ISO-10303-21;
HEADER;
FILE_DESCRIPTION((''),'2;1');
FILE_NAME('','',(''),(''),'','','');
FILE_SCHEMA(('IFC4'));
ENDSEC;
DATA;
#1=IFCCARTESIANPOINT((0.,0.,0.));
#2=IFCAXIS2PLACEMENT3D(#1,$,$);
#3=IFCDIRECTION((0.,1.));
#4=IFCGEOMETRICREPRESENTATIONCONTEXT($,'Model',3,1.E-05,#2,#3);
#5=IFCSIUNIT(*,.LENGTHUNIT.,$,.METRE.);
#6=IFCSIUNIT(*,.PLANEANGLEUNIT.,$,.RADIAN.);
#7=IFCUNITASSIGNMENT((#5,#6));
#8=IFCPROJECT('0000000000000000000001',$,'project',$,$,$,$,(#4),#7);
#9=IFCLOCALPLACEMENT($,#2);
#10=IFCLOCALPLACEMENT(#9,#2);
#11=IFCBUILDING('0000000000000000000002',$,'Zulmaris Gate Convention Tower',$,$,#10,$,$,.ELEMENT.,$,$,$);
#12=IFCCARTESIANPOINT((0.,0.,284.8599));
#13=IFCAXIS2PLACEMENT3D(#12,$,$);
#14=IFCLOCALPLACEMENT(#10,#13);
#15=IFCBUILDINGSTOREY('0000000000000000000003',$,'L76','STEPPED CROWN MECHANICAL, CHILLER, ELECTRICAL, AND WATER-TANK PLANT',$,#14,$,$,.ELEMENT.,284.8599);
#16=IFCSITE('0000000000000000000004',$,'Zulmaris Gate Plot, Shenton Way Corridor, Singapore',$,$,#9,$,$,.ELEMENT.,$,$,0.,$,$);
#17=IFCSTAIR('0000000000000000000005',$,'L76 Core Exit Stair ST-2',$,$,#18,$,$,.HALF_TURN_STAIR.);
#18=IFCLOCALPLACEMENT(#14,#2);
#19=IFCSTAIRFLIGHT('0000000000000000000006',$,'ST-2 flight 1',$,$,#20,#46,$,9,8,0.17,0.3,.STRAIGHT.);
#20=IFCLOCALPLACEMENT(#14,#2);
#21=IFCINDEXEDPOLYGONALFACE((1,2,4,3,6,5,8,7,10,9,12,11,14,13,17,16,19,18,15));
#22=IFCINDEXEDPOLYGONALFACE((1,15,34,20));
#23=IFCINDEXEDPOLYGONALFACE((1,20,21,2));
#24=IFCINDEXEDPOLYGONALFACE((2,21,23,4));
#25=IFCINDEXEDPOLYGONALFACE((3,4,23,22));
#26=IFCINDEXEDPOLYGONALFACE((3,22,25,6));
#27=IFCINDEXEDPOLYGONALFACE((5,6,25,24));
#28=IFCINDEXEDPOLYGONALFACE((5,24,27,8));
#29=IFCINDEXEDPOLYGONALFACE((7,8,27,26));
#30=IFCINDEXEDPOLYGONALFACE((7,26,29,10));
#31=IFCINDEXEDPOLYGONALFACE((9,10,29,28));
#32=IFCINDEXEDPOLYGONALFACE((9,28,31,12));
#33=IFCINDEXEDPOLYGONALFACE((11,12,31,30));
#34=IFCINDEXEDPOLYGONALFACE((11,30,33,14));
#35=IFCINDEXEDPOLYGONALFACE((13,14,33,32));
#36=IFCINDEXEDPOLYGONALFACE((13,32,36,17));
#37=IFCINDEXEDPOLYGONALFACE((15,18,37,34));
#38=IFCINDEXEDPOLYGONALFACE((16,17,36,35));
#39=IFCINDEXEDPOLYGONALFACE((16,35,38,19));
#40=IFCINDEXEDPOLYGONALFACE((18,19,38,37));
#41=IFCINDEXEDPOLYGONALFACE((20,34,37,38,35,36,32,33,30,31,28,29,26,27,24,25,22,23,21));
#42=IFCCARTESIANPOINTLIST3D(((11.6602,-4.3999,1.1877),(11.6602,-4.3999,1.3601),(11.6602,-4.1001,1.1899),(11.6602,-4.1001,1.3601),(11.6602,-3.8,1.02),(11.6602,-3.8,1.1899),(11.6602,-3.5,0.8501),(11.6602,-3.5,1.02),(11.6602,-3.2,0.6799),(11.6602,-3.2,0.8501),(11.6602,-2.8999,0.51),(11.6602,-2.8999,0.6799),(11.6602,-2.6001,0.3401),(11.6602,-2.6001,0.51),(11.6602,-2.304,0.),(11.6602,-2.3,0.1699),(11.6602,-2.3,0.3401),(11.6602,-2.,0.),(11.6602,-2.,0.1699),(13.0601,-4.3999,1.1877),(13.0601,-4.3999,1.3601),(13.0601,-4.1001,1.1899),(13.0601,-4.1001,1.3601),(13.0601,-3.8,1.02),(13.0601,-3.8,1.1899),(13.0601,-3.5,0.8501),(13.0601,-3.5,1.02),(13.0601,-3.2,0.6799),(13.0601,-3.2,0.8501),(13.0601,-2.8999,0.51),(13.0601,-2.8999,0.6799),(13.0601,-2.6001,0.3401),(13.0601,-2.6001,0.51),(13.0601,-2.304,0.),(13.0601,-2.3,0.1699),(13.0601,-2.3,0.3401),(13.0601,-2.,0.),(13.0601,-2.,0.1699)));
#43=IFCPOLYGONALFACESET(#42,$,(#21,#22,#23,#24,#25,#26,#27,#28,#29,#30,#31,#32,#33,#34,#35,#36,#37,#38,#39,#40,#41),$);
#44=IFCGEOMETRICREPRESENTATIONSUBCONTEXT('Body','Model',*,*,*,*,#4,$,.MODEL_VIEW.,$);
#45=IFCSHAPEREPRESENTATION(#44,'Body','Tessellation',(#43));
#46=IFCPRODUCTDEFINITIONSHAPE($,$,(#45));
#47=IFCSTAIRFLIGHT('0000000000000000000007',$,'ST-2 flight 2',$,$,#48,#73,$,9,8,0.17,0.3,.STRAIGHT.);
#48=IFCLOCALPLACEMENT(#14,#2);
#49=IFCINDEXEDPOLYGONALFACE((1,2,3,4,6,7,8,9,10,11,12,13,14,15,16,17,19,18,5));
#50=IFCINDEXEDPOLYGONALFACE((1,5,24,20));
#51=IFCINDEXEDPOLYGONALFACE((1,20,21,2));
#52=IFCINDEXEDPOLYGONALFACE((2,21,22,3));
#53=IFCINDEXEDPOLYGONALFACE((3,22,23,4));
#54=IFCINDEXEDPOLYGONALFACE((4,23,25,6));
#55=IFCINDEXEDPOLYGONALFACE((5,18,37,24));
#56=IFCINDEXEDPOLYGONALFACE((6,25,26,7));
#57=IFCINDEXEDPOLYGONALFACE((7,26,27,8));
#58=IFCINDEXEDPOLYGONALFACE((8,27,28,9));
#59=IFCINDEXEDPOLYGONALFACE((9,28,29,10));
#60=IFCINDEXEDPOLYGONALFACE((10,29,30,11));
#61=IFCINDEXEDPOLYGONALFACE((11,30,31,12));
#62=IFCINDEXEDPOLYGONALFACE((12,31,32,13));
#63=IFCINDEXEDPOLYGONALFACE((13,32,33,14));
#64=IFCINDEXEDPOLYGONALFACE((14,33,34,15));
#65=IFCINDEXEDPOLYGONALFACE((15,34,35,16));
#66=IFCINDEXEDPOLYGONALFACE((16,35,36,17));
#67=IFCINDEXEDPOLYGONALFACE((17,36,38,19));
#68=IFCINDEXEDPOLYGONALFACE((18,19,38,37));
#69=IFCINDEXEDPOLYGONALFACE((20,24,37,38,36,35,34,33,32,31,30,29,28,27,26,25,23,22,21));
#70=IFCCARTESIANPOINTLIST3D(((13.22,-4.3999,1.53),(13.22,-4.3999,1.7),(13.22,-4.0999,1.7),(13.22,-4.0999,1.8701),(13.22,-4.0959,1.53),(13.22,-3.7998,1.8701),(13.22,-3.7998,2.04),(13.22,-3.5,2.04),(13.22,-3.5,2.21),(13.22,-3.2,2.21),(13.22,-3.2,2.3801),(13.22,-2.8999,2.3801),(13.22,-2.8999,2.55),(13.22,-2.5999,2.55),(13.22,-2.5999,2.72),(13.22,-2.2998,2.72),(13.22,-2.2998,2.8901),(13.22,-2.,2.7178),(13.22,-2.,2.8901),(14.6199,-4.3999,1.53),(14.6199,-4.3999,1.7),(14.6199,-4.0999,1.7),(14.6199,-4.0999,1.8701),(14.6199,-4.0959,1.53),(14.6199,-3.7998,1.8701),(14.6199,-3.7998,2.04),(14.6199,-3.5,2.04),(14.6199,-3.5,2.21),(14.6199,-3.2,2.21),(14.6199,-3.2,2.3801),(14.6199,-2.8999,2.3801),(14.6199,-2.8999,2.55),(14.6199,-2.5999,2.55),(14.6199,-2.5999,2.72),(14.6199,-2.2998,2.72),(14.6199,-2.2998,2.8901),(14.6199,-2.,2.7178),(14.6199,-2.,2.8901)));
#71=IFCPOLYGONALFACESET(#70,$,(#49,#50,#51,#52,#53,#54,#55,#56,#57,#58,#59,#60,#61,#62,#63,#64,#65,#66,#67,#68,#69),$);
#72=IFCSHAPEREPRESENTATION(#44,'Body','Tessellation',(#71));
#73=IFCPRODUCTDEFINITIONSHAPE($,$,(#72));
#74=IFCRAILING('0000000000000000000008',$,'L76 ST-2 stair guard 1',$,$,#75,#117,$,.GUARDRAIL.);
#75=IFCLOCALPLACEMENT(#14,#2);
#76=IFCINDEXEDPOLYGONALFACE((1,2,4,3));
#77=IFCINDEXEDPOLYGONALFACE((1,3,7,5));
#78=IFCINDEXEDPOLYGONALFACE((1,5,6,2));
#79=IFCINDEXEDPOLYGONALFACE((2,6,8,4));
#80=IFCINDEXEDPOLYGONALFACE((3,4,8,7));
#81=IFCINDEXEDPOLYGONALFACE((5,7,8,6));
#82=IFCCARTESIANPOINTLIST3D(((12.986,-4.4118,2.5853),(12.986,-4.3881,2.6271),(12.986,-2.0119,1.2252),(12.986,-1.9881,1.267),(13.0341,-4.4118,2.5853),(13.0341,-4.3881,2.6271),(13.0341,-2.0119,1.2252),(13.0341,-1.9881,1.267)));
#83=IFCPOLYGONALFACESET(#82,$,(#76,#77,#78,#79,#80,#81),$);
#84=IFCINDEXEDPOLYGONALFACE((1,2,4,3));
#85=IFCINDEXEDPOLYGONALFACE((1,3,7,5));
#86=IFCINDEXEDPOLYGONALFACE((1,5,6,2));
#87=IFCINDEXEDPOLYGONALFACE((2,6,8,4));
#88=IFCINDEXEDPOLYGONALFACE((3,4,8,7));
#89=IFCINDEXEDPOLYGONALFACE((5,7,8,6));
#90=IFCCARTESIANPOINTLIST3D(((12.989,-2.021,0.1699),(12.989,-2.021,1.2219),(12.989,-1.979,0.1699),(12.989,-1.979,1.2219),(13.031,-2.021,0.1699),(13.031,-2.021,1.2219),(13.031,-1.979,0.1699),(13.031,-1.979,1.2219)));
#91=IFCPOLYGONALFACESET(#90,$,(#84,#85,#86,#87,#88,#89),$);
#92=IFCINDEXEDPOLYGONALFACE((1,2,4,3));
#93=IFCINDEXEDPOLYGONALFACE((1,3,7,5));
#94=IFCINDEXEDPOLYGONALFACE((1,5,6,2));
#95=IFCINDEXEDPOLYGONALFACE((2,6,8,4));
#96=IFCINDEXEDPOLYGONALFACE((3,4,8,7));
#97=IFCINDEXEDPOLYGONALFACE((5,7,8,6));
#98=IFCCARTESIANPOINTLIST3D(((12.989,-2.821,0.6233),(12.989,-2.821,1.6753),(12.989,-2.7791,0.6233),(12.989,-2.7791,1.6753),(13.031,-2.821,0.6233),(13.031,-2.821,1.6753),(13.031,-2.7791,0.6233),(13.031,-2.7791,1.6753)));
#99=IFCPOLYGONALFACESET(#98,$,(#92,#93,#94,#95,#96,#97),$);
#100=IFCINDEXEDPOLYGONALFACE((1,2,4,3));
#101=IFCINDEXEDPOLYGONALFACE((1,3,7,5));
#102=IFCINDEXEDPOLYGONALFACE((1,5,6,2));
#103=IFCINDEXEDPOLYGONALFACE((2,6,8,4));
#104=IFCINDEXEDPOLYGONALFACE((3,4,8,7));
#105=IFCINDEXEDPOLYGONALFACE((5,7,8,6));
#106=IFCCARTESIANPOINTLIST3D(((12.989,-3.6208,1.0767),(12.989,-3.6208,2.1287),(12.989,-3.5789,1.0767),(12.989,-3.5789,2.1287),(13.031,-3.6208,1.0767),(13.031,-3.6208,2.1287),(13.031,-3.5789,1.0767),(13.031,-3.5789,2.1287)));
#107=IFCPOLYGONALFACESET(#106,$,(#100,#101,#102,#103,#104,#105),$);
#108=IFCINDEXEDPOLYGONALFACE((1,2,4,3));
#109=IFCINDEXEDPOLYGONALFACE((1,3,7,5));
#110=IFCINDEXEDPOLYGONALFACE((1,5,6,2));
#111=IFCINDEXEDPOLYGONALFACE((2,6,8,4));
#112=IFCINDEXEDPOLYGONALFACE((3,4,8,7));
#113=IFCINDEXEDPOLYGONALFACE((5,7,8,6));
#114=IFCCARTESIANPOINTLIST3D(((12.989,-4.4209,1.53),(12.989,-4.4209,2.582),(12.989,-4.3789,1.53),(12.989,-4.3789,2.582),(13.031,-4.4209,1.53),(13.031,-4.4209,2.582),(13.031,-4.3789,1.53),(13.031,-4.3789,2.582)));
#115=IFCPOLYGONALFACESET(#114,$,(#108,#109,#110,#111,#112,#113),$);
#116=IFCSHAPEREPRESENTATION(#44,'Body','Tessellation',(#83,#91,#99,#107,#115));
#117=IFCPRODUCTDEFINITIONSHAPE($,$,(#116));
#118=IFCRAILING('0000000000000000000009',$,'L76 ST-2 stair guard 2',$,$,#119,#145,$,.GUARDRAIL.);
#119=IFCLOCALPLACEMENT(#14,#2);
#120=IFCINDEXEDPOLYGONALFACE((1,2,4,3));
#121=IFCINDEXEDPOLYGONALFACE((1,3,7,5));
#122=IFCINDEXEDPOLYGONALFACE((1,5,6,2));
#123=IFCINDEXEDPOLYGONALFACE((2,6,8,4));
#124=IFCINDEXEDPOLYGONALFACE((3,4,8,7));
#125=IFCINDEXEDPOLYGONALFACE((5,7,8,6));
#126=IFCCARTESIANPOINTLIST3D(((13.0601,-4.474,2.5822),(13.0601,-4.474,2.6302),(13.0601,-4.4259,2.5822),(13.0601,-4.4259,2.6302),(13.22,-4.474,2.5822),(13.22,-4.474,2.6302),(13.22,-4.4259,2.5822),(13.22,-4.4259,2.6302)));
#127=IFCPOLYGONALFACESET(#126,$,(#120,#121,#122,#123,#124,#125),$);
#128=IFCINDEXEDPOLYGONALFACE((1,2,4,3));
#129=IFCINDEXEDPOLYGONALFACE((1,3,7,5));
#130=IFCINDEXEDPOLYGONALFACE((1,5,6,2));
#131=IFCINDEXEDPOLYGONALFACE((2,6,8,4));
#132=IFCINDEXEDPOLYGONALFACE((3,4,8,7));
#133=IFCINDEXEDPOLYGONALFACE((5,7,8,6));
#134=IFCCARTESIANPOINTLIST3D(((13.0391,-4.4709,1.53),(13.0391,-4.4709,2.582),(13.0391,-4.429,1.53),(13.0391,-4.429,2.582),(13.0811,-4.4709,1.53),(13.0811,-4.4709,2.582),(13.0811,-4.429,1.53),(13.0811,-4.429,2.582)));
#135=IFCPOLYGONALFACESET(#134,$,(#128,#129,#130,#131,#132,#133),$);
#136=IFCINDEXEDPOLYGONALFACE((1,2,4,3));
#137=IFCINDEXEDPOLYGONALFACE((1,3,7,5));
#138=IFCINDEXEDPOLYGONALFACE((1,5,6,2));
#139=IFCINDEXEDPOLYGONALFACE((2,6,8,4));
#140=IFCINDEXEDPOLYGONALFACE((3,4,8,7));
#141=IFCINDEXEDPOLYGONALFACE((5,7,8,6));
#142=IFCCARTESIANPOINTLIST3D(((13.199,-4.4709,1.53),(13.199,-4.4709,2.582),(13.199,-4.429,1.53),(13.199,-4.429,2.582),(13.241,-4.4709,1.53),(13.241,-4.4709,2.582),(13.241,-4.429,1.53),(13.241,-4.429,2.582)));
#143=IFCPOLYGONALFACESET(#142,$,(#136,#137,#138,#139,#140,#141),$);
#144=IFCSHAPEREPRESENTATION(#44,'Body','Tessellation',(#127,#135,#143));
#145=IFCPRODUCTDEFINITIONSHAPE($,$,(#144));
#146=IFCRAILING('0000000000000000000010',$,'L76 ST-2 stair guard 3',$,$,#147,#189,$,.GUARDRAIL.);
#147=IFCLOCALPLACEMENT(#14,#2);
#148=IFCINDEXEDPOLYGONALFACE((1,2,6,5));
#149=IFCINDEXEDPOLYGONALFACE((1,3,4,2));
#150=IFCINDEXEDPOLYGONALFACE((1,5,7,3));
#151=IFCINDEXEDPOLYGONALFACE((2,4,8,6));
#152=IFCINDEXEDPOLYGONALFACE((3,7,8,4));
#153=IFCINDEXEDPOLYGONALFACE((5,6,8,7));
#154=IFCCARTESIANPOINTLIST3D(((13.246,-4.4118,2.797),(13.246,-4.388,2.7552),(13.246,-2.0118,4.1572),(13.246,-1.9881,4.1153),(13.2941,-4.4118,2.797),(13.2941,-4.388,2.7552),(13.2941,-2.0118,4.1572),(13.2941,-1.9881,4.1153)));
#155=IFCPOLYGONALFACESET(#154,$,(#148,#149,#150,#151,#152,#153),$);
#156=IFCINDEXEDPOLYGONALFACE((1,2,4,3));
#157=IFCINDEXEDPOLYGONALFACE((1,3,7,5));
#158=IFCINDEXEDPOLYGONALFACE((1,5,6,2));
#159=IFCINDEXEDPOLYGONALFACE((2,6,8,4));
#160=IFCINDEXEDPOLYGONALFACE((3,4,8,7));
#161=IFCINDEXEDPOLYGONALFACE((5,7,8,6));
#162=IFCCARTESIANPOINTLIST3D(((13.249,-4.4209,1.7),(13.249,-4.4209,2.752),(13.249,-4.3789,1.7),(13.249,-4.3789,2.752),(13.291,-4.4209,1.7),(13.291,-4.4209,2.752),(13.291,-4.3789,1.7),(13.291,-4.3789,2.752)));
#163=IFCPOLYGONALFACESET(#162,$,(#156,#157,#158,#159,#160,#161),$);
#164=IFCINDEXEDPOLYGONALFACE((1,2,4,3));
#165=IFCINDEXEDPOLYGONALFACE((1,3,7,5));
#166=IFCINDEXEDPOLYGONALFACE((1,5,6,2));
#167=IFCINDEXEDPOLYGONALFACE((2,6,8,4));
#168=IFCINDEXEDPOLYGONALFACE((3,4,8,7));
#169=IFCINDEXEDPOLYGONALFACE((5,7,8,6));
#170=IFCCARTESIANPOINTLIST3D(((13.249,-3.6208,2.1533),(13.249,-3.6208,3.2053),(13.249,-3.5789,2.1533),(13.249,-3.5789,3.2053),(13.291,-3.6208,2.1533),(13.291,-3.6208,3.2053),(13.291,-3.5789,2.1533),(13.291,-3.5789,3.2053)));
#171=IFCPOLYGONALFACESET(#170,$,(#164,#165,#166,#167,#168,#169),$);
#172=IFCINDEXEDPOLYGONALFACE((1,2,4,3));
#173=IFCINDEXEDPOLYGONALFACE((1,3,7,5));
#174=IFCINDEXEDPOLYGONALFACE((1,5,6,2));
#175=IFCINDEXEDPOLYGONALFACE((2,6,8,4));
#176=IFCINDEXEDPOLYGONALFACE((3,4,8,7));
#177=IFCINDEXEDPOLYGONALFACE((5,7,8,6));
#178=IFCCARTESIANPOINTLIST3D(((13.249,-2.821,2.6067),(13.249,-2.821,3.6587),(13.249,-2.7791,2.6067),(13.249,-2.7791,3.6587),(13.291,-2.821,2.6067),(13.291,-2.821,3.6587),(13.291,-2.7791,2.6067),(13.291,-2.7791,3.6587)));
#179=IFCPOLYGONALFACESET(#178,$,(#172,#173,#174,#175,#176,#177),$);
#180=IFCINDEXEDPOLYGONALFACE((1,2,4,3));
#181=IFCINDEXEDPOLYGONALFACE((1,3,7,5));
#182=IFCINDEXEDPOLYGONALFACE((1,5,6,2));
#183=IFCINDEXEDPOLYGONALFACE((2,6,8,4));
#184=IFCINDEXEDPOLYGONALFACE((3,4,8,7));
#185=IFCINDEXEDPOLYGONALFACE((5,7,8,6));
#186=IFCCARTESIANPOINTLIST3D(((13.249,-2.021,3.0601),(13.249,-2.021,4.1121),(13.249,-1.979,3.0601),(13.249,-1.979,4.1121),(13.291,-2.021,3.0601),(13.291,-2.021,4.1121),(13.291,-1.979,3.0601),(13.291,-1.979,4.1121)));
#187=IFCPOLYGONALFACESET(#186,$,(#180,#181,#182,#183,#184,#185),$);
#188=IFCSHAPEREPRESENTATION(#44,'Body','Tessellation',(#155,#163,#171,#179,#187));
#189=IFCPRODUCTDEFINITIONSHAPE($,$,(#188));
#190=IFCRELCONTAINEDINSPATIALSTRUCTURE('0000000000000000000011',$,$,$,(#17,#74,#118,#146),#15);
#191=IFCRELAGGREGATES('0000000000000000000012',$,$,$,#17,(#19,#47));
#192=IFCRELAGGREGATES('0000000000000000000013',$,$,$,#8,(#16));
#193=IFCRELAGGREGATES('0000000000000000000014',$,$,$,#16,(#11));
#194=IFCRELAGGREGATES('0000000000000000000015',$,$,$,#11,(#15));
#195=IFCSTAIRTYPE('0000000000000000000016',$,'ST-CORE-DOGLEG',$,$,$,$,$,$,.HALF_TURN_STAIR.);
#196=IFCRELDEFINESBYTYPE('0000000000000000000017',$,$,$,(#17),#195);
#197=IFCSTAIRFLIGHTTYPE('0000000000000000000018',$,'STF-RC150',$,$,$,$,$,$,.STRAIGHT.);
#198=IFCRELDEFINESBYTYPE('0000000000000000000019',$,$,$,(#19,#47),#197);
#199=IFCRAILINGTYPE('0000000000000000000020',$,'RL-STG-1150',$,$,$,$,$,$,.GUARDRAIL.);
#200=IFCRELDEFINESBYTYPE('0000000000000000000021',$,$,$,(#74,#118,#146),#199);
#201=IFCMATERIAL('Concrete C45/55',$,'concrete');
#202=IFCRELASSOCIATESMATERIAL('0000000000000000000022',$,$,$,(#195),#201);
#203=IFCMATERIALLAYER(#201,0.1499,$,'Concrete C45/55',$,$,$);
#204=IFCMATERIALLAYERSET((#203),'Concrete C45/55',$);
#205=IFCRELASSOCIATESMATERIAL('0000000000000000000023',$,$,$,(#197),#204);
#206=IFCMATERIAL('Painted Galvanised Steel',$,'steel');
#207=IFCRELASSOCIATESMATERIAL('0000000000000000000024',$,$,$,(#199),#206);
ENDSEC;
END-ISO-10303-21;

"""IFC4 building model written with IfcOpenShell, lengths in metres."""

from ifc_helpers import new_model, si_unit, direction, frame, origin, origin_2d, place, context, subcontext, project, spatial, polyline, rectangle, outline, extrude, material, layer, layer_set, type_object, element, aggregate, save


model = new_model("IFC4")

# Units and contexts
model_context = context("Model", 3, precision=1e-05, world=origin(), true_north=direction((0.0, 1.0)))
body_context = subcontext(model_context, "Body", "Model", "MODEL_VIEW")
ifc_project = project(units=[si_unit("LENGTHUNIT", "METRE"), si_unit("PLANEANGLEUNIT", "RADIAN")], contexts=[model_context])

# Site, building, storey
site_placement = place(None, origin())
site = spatial("IfcSite", under=ifc_project, at=site_placement, Name="Zulmaris Gate Plot, Shenton Way Corridor, Singapore", CompositionType="ELEMENT", RefElevation=0.0)
building_placement = place(site_placement, origin())
building = spatial("IfcBuilding", under=site, at=building_placement, Name="Zulmaris Gate Convention Tower", CompositionType="ELEMENT")
storey_placement = place(building_placement, frame((0.0, 0.0, 284.8599)))
storey = spatial("IfcBuildingStorey", under=building, at=storey_placement, Name="L76", Description="STEPPED CROWN MECHANICAL, CHILLER, ELECTRICAL, AND WATER-TANK PLANT", CompositionType="ELEMENT", Elevation=284.8599)

# Stair, stair flights
ifc_material_1 = material(Name="Concrete C45/55", Category="concrete")
stair_type = type_object("IfcStairType", Name="ST-CORE-DOGLEG", PredefinedType="HALF_TURN_STAIR", material=ifc_material_1)
stair_placement = place(storey_placement, origin())
stair = element("IfcStair", 1, at=stair_placement, inside=storey, type_object=stair_type, Name="L76 Core Exit Stair ST-2", PredefinedType="HALF_TURN_STAIR")
ifc_layer_1 = layer(ifc_material_1, 0.1499, Name="Concrete C45/55")
ifc_layer_set_1 = layer_set([ifc_layer_1], Name="Concrete C45/55")
stair_flight_type = type_object("IfcStairFlightType", Name="STF-RC150", PredefinedType="STRAIGHT", material=ifc_layer_set_1)
stair_flight_1_placement = place(storey_placement, frame((12.3601, -2.0, 0.0), z_axis=(0.0, 0.0, 1.0), x_axis=(0.0, -1.0, 0.0)))
stair_flight_1 = element("IfcStairFlight", 2, at=stair_flight_1_placement, type_object=stair_flight_type, Name="ST-2 flight 1", NumberOfRisers=9, NumberOfTreads=8, PredefinedType="STRAIGHT", RiserHeight=0.17, TreadLength=0.3, context=body_context, shape_type="SweptSolid", body=[
    extrude(outline(polyline([(0.0, 0.0), (0.0, 0.1699), (0.3, 0.1699), (0.3, 0.3401), (0.6001, 0.3401), (0.6001, 0.51), (0.8999, 0.51), (0.8999, 0.6799), (1.2, 0.6799), (1.2, 0.8501), (1.5, 0.8501), (1.5, 1.02), (1.8, 1.02), (1.8, 1.1899), (2.1001, 1.1899), (2.1001, 1.3601), (2.3999, 1.3601), (2.3999, 1.53), (2.3999, 1.1877), (0.304, 0.0), (0.0, 0.0)])), frame((0.0, 0.7, 0.0), z_axis=(0.0, -1.0, 0.0), x_axis=(1.0, 0.0, 0.0)), (0.0, 0.0, 1.0), 1.3999),
])
stair_flight_2_placement = place(storey_placement, frame((13.9199, -4.3999, 1.53), z_axis=(0.0, 0.0, 1.0), x_axis=(0.0, 1.0, 0.0)))
stair_flight_2 = element("IfcStairFlight", 3, at=stair_flight_2_placement, type_object=stair_flight_type, Name="ST-2 flight 2", NumberOfRisers=9, NumberOfTreads=8, PredefinedType="STRAIGHT", RiserHeight=0.17, TreadLength=0.3, context=body_context, shape_type="SweptSolid", body=[
    extrude(outline(polyline([(0.0, 0.0), (0.0, 0.1699), (0.3, 0.1699), (0.3, 0.3401), (0.6001, 0.3401), (0.6001, 0.51), (0.8999, 0.51), (0.8999, 0.6799), (1.2, 0.6799), (1.2, 0.8501), (1.5, 0.8501), (1.5, 1.02), (1.8, 1.02), (1.8, 1.1899), (2.1001, 1.1899), (2.1001, 1.3601), (2.3999, 1.3601), (2.3999, 1.53), (2.3999, 1.1877), (0.304, 0.0), (0.0, 0.0)])), frame((0.0, 0.7, 0.0), z_axis=(0.0, -1.0, 0.0), x_axis=(1.0, 0.0, 0.0)), (0.0, 0.0, 1.0), 1.3999),
])
aggregate(stair, [stair_flight_1, stair_flight_2])

# Railings
ifc_material_2 = material(Name="Painted Galvanised Steel", Category="steel")
railing_type_1 = type_object("IfcRailingType", Name="RL-STG-1150", PredefinedType="GUARDRAIL", material=ifc_material_2)
railing_1_placement = place(storey_placement, frame((13.01, -2.0, 0.1699)))
element("IfcRailing", 4, at=railing_1_placement, inside=storey, type_object=railing_type_1, Name="L76 ST-2 stair guard 1", PredefinedType="GUARDRAIL", context=body_context, shape_type="SweptSolid", body=[
    extrude(rectangle(XDim=0.0481, YDim=0.0481, at=origin_2d()), frame((0.0, 0.0, 1.0762), z_axis=(0.0, -0.869997, 0.493057), x_axis=(1.0, 0.0, 0.0)), (0.0, 0.0, 1.0), 2.7585),
    extrude(rectangle(XDim=0.042, YDim=0.042, at=origin_2d()), origin(), (0.0, 0.0, 1.0), 1.052),
    extrude(rectangle(XDim=0.042, YDim=0.042, at=origin_2d()), frame((0.0, -0.8, 0.4534)), (0.0, 0.0, 1.0), 1.052),
    extrude(rectangle(XDim=0.042, YDim=0.042, at=origin_2d()), frame((0.0, -1.5999, 0.9067)), (0.0, 0.0, 1.0), 1.052),
    extrude(rectangle(XDim=0.042, YDim=0.042, at=origin_2d()), frame((0.0, -2.3999, 1.3601)), (0.0, 0.0, 1.0), 1.052),
])
railing_2_placement = place(storey_placement, frame((13.0601, -4.45, 1.53)))
element("IfcRailing", 5, at=railing_2_placement, inside=storey, type_object=railing_type_1, Name="L76 ST-2 stair guard 2", PredefinedType="GUARDRAIL", context=body_context, shape_type="SweptSolid", body=[
    extrude(rectangle(XDim=0.0481, YDim=0.0481, at=origin_2d()), frame((0.0, 0.0, 1.0762), z_axis=(1.0, 0.0, 0.0), x_axis=(0.0, 1.0, 0.0)), (0.0, 0.0, 1.0), 0.1599),
    extrude(rectangle(XDim=0.042, YDim=0.042, at=origin_2d()), origin(), (0.0, 0.0, 1.0), 1.052),
    extrude(rectangle(XDim=0.042, YDim=0.042, at=origin_2d()), frame((0.1599, 0.0, 0.0)), (0.0, 0.0, 1.0), 1.052),
])
railing_3_placement = place(storey_placement, frame((13.27, -4.3999, 1.7)))
element("IfcRailing", 6, at=railing_3_placement, inside=storey, type_object=railing_type_1, Name="L76 ST-2 stair guard 3", PredefinedType="GUARDRAIL", context=body_context, shape_type="SweptSolid", body=[
    extrude(rectangle(XDim=0.0481, YDim=0.0481, at=origin_2d()), frame((0.0, 0.0, 1.0762), z_axis=(0.0, 0.869997, 0.493057), x_axis=(-1.0, 0.0, 0.0)), (0.0, 0.0, 1.0), 2.7585),
    extrude(rectangle(XDim=0.042, YDim=0.042, at=origin_2d()), origin(), (0.0, 0.0, 1.0), 1.052),
    extrude(rectangle(XDim=0.042, YDim=0.042, at=origin_2d()), frame((0.0, 0.8, 0.4534)), (0.0, 0.0, 1.0), 1.052),
    extrude(rectangle(XDim=0.042, YDim=0.042, at=origin_2d()), frame((0.0, 1.5999, 0.9067)), (0.0, 0.0, 1.0), 1.052),
    extrude(rectangle(XDim=0.042, YDim=0.042, at=origin_2d()), frame((0.0, 2.3999, 1.3601)), (0.0, 0.0, 1.0), 1.052),
])

save(model, "model.ifc")
